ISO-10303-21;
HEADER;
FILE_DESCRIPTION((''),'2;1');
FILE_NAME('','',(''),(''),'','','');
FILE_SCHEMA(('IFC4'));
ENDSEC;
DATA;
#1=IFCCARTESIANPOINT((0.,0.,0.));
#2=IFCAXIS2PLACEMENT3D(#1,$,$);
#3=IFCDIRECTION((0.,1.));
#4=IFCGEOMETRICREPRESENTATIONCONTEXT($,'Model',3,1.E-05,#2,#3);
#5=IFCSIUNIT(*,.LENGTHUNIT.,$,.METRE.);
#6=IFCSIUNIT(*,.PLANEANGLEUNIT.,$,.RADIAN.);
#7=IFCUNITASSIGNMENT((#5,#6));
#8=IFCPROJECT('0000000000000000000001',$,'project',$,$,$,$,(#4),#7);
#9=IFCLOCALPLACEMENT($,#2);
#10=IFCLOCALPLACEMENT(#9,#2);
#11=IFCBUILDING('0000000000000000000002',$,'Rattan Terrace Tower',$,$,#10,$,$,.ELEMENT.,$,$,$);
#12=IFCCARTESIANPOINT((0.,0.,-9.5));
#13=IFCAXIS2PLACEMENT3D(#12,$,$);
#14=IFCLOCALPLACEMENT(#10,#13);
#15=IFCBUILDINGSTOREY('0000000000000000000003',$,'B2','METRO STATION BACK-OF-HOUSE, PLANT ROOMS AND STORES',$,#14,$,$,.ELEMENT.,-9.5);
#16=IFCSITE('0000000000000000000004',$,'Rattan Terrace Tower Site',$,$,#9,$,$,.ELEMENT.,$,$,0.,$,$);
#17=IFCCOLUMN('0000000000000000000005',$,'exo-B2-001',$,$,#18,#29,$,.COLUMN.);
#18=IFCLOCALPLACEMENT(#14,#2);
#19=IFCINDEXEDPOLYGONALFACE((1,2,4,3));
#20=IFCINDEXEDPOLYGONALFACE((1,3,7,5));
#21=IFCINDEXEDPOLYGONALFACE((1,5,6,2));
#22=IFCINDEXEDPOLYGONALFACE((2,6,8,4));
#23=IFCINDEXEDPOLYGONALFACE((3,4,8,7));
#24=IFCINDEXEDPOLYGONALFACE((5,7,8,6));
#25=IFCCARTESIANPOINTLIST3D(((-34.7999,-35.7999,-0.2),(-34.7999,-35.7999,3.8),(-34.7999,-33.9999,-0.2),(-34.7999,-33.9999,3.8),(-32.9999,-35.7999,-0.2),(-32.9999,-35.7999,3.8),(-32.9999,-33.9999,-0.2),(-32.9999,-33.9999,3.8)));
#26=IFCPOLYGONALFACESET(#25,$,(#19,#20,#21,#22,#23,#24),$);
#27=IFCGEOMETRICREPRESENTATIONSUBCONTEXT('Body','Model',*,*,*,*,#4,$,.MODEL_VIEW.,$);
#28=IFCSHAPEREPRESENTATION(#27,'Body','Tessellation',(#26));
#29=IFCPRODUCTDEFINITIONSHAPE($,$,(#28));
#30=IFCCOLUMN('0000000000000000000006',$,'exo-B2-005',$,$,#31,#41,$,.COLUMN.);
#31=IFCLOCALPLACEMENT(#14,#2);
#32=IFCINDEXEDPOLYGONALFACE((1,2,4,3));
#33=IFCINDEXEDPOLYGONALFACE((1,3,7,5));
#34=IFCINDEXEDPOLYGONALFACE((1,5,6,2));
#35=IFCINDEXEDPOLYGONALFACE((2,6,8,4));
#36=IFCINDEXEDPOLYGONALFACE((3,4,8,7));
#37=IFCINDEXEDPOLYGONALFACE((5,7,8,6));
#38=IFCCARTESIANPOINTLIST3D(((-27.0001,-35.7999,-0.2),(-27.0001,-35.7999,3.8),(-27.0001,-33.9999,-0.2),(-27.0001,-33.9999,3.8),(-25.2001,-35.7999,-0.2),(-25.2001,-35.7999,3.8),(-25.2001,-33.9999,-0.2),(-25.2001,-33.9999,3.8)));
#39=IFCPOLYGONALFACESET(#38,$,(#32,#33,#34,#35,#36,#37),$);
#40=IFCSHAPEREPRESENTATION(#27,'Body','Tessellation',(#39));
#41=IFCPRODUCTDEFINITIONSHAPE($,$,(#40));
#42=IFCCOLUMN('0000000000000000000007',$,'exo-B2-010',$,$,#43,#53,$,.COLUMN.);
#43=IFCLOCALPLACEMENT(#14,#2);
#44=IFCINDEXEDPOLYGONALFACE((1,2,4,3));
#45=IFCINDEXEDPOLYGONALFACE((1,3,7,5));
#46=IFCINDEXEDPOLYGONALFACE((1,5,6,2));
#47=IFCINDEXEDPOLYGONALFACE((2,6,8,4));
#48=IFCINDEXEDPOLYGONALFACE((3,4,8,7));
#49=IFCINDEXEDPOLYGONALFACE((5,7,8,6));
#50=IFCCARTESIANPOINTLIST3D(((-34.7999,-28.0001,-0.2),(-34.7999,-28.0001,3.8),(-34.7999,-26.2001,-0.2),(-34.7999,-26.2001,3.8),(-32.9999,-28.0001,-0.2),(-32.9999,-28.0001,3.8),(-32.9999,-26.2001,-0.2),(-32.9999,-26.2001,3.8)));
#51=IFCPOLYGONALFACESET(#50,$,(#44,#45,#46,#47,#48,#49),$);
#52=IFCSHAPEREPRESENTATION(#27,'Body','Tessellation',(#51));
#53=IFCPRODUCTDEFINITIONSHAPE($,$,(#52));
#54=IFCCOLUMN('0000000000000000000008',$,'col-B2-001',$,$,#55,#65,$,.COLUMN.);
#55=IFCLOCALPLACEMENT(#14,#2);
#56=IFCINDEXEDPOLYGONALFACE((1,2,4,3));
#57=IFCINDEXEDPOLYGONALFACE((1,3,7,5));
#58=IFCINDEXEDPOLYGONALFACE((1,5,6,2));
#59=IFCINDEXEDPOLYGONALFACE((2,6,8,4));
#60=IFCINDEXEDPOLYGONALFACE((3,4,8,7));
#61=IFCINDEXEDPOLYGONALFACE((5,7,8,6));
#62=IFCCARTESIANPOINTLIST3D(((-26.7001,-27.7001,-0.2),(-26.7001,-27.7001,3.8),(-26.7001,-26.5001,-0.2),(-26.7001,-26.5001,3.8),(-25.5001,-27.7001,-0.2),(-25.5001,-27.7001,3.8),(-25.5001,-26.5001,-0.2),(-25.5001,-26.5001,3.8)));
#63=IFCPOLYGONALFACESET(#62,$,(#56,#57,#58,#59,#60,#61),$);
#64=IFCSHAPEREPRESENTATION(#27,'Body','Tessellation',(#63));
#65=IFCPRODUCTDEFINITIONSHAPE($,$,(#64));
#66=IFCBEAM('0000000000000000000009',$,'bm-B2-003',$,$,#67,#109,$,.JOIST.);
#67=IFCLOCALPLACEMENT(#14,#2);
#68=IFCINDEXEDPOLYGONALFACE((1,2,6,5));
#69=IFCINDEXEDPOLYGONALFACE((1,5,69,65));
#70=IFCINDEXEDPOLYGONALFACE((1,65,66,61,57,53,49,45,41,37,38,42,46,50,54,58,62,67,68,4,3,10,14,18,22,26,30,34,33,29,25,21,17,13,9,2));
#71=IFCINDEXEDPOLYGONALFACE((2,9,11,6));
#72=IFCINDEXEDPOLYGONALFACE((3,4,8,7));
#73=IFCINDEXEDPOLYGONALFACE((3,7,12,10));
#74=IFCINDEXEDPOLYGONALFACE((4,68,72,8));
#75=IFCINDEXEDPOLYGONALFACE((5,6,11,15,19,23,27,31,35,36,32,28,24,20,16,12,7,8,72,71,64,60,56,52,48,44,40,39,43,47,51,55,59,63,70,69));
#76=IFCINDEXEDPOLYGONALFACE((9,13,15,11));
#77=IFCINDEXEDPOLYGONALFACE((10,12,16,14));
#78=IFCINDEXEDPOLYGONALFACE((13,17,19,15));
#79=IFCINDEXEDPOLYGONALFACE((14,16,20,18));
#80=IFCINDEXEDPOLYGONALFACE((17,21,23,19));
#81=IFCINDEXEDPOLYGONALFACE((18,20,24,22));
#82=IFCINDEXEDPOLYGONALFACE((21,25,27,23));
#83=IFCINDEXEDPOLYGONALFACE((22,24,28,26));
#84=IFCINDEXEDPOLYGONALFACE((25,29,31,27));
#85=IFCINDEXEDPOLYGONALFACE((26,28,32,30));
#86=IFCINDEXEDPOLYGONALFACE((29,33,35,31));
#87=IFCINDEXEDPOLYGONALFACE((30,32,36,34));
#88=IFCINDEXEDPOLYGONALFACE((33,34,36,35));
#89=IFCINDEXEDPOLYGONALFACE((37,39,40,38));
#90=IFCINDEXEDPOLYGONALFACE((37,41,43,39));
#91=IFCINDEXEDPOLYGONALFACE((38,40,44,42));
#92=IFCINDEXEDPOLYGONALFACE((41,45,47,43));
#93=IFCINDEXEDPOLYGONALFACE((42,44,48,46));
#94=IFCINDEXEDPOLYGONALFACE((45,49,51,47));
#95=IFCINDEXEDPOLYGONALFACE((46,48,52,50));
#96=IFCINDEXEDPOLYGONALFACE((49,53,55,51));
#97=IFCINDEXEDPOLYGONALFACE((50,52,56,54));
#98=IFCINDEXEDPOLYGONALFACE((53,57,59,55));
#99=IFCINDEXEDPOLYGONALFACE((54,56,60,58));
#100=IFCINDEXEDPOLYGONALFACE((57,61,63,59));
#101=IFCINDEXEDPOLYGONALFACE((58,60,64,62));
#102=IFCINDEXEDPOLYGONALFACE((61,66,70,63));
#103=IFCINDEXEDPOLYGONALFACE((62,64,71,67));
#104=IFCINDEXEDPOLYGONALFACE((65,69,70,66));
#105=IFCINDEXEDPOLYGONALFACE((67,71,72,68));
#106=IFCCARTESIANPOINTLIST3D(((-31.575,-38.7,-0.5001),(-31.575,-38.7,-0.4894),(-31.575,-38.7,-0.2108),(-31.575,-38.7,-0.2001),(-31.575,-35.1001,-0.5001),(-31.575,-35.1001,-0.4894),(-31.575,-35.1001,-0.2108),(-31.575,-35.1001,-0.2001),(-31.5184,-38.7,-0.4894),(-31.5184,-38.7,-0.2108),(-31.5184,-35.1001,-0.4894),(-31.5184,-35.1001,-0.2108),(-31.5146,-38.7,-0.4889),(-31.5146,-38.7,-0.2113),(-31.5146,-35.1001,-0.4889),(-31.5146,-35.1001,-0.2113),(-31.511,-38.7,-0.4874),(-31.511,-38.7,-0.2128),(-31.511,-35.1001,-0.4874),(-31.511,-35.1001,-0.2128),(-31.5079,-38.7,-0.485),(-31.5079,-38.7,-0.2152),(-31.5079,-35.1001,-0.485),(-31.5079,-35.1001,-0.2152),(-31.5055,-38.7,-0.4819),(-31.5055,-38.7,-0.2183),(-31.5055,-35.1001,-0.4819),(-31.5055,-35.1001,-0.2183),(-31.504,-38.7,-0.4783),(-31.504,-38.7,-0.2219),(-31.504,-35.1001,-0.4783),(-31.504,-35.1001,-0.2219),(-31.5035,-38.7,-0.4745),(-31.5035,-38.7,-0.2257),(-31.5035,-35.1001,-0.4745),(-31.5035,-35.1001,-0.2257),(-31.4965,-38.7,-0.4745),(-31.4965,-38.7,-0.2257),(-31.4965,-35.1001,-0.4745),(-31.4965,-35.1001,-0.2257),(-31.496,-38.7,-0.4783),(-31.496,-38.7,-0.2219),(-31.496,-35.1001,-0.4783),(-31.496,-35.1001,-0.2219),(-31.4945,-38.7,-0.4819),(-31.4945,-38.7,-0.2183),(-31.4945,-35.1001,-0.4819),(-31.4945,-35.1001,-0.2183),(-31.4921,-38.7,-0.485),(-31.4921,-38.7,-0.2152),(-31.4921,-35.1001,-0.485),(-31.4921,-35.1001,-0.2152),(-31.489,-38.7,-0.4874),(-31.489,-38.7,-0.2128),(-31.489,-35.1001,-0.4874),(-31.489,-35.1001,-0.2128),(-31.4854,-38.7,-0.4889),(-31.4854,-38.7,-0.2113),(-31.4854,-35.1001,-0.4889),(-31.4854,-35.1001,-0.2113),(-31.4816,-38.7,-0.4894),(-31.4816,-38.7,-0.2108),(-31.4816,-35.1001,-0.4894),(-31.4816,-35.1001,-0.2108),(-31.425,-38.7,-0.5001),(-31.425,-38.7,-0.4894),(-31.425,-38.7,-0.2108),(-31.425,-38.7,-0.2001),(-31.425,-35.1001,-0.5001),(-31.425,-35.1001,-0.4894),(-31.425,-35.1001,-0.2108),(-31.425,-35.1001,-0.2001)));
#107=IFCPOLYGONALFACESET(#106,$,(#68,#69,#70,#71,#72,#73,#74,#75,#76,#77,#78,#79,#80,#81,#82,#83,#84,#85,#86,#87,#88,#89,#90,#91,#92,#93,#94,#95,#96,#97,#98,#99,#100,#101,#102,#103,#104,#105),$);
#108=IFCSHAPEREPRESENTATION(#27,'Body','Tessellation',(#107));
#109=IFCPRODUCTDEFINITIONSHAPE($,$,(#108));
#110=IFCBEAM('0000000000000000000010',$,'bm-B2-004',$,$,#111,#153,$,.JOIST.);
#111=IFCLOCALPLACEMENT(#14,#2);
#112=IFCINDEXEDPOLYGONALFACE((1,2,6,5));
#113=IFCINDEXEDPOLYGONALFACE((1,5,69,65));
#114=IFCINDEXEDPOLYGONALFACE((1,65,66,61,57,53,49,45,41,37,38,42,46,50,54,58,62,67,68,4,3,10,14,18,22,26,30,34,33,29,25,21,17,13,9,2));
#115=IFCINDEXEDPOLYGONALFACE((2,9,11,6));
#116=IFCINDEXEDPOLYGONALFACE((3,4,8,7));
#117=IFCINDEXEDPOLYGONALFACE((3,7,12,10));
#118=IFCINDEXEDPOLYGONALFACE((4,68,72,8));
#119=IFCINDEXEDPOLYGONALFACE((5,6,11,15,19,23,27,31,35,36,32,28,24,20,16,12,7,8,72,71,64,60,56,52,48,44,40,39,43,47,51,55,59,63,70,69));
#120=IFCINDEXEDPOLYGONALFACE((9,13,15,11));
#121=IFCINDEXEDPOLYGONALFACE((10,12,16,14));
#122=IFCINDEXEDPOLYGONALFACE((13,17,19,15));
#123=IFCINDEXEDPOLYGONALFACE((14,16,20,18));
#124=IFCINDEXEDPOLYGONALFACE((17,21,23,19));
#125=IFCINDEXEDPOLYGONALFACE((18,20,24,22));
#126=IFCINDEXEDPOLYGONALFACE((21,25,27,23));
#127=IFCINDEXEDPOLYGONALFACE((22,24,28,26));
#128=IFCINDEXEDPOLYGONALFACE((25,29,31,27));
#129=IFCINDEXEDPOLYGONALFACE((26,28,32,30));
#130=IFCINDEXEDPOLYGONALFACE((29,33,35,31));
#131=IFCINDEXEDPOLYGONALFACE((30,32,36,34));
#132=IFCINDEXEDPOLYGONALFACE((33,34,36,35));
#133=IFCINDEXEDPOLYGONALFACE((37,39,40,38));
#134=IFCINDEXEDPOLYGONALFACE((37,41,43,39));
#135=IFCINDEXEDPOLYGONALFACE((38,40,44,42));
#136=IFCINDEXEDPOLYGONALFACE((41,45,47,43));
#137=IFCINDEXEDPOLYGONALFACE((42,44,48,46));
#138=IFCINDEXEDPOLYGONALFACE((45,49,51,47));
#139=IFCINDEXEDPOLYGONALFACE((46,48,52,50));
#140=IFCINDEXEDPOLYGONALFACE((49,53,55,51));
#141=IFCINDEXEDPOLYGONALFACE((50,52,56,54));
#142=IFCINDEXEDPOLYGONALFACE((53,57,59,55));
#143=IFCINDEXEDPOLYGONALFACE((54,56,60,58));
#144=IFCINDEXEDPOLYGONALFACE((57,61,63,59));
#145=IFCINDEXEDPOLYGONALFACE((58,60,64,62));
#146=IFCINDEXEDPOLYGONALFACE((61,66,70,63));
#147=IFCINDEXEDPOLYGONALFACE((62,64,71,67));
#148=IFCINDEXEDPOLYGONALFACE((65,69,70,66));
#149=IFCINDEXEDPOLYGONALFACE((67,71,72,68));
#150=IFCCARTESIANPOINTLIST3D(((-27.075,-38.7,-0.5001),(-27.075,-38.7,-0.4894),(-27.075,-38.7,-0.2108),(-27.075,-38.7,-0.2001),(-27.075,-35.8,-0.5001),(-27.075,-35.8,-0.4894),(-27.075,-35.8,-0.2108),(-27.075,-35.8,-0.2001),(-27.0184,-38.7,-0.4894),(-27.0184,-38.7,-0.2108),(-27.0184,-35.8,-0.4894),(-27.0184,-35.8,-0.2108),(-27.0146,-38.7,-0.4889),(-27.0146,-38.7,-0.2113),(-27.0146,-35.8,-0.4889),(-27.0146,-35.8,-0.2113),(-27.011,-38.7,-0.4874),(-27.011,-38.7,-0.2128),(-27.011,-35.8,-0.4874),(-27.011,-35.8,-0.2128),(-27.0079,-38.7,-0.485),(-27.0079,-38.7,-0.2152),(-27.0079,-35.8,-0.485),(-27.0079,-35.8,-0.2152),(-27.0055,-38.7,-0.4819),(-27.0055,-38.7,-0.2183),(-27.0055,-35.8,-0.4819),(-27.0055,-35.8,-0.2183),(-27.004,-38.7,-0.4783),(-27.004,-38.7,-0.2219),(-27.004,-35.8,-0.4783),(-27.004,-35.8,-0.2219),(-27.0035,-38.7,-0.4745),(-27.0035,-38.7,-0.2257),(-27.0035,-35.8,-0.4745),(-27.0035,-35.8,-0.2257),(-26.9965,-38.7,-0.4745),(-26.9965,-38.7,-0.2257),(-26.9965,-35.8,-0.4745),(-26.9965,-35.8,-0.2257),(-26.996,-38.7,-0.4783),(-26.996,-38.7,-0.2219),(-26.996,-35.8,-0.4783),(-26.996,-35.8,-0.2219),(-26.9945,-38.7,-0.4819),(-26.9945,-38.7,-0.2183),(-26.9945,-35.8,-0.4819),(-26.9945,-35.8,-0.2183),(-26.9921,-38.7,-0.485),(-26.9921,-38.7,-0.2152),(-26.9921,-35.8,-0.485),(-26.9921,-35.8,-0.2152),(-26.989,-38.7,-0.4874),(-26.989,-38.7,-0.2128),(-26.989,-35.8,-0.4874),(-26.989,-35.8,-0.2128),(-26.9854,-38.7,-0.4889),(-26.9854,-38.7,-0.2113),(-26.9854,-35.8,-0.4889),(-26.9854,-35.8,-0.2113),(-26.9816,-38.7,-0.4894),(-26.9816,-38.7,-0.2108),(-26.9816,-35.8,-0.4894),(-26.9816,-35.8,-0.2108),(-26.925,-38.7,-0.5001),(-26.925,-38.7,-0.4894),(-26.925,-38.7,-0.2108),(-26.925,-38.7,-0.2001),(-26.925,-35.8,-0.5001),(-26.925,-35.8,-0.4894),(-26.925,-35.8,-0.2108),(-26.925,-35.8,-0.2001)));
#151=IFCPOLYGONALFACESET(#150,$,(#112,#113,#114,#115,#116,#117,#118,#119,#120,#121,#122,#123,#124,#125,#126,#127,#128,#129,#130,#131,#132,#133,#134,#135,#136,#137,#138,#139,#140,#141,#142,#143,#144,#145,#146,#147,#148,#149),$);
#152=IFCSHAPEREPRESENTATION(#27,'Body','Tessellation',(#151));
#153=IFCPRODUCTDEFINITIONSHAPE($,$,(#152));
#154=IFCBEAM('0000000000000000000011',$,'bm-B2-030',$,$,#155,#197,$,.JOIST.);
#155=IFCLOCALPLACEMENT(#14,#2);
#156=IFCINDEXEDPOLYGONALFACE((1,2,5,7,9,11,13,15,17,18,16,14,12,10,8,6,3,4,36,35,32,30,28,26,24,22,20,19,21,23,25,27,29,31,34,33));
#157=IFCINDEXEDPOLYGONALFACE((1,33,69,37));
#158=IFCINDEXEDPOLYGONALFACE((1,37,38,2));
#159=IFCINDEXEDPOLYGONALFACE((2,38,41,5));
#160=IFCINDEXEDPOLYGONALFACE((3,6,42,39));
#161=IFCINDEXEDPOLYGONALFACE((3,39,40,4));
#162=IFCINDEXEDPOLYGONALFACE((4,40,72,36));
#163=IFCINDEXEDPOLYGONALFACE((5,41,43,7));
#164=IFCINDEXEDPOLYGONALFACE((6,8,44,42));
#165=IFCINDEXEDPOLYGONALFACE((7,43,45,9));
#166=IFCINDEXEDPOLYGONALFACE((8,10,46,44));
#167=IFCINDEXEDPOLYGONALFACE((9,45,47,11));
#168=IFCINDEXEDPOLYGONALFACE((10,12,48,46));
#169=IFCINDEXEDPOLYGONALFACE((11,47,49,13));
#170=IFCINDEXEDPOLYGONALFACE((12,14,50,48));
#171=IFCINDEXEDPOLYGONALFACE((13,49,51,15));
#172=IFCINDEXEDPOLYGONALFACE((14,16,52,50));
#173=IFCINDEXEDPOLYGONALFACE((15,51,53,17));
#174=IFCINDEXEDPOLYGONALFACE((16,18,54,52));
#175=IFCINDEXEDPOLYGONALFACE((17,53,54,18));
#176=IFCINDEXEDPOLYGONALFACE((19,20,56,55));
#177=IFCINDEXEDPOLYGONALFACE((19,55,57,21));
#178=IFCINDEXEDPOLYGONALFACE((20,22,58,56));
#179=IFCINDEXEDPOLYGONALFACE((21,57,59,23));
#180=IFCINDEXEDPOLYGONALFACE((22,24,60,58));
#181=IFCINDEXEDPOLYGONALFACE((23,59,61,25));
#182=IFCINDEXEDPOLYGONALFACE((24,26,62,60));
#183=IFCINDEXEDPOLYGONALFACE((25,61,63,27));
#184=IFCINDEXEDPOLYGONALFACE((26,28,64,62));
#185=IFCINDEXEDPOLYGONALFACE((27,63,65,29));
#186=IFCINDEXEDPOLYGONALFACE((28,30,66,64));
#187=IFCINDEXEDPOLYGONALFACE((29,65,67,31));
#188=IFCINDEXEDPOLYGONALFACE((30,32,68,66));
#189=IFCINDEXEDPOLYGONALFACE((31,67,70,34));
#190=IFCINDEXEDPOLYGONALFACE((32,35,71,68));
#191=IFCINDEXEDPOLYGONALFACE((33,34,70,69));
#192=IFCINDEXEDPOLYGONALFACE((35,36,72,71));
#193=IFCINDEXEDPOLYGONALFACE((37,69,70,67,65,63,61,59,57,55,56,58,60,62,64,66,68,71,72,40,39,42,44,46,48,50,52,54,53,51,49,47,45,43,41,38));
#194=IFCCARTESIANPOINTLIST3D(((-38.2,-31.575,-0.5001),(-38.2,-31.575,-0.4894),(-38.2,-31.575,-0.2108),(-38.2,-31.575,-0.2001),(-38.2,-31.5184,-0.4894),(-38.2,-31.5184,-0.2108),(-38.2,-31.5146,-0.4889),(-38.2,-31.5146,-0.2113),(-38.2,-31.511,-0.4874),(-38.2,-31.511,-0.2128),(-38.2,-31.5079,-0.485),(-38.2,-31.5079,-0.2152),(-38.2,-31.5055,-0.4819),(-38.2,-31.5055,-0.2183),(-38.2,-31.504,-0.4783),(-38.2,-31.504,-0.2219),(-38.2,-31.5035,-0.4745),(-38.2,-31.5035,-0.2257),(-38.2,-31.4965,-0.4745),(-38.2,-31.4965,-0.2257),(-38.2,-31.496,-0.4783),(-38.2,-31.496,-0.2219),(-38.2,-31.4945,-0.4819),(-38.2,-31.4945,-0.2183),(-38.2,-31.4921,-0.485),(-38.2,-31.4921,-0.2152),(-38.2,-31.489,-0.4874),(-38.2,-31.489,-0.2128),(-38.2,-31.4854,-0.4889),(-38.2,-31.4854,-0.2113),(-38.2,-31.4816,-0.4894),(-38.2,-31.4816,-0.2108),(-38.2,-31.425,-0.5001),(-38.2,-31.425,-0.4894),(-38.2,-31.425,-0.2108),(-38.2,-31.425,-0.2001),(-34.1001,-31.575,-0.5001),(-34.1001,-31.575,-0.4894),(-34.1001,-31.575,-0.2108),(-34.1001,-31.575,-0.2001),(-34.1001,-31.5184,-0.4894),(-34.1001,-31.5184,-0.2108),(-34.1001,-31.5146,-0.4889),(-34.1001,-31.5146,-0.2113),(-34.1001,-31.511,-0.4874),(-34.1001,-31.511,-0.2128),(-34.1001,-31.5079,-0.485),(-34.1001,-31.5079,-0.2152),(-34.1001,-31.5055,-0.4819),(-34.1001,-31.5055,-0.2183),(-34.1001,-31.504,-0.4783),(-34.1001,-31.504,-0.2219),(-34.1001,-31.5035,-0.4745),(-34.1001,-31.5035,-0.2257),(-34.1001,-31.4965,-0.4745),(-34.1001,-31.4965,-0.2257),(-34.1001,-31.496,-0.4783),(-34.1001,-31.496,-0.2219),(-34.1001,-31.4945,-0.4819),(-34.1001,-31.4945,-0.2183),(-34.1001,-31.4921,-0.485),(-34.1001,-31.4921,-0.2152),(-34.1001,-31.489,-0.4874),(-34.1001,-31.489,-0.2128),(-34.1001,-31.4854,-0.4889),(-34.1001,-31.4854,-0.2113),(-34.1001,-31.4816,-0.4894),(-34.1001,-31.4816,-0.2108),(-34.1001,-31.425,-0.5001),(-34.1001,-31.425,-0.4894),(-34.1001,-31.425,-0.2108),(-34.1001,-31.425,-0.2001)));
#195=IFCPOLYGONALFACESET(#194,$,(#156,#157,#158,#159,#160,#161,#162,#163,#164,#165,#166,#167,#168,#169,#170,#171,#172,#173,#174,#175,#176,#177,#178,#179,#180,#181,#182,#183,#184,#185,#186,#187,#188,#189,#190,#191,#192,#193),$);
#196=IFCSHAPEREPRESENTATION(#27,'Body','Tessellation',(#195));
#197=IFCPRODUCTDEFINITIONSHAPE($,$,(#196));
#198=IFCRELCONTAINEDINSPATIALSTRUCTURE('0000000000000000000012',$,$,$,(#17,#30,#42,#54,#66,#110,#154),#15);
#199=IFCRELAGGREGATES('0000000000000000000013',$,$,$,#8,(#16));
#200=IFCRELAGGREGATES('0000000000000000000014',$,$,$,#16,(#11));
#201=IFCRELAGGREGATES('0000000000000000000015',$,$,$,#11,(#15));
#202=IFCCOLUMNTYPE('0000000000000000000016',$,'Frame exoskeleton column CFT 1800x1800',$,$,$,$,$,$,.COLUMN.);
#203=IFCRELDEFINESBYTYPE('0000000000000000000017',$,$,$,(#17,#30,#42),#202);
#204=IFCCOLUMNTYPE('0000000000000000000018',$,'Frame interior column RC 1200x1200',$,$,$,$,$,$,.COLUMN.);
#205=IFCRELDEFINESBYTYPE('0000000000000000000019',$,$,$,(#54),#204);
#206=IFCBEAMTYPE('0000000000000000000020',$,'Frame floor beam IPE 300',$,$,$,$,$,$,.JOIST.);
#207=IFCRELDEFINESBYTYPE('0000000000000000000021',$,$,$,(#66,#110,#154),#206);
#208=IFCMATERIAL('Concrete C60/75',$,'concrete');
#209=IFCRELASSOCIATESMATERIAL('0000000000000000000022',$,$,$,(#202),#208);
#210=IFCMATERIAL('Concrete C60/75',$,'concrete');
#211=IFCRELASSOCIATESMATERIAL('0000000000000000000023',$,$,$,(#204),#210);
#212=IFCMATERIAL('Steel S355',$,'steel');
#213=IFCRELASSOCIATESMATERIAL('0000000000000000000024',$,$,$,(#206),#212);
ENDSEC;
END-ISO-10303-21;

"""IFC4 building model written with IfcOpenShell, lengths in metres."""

from ifc_helpers import new_model, si_unit, direction, frame, origin, origin_2d, place, context, subcontext, project, spatial, rectangle, i_section, extrude, material, material_profile, profile_set, type_object, element, save


model = new_model("IFC4")

# Units and contexts
model_context = context("Model", 3, precision=1e-05, world=origin(), true_north=direction((0.0, 1.0)))
body_context = subcontext(model_context, "Body", "Model", "MODEL_VIEW")
ifc_project = project(units=[si_unit("LENGTHUNIT", "METRE"), si_unit("PLANEANGLEUNIT", "RADIAN")], contexts=[model_context])

# Site, building, storey
site_placement = place(None, origin())
site = spatial("IfcSite", under=ifc_project, at=site_placement, Name="Rattan Terrace Tower Site", CompositionType="ELEMENT", RefElevation=0.0)
building_placement = place(site_placement, origin())
building = spatial("IfcBuilding", under=site, at=building_placement, Name="Rattan Terrace Tower", CompositionType="ELEMENT")
storey_placement = place(building_placement, frame((0.0, 0.0, -9.5)))
storey = spatial("IfcBuildingStorey", under=building, at=storey_placement, Name="B2", Description="METRO STATION BACK-OF-HOUSE, PLANT ROOMS AND STORES", CompositionType="ELEMENT", Elevation=-9.5)

# Columns
ifc_material_1 = material(Name="Concrete C60/75", Category="concrete")
ifc_material_profile_1 = material_profile(ifc_material_1, rectangle(XDim=1.8, YDim=1.8, at=origin_2d()), Name="CFT 1800x1800")
ifc_profile_set_1 = profile_set([ifc_material_profile_1], Name="Concrete C60/75")
column_type_1 = type_object("IfcColumnType", Name="Frame exoskeleton column CFT 1800x1800", PredefinedType="COLUMN", material=ifc_profile_set_1)
for number, where, z_axis, x_axis, name in (
    (1, (-33.8999, -34.8999, -0.2), (0.0, 0.0, 1.0), (1.0, 0.0, 0.0), "exo-B2-001"),
    (2, (-26.1001, -34.8999, -0.2), (0.0, 0.0, 1.0), (1.0, 0.0, 0.0), "exo-B2-005"),
    (3, (-33.8999, -27.1001, -0.2), (0.0, 0.0, 1.0), (0.0, 1.0, 0.0), "exo-B2-010"),
):
    element("IfcColumn", number, at=place(storey_placement, frame(where, z_axis=z_axis, x_axis=x_axis)), inside=storey, type_object=column_type_1, Name=name, PredefinedType="COLUMN", context=body_context, shape_type="SweptSolid", body=[
        extrude(rectangle(XDim=1.8, YDim=1.8, at=origin_2d()), origin(), (0.0, 0.0, 1.0), 4.0),
    ])
ifc_material_2 = material(Name="Concrete C60/75", Category="concrete")
ifc_material_profile_2 = material_profile(ifc_material_2, rectangle(XDim=1.2, YDim=1.2, at=origin_2d()), Name="RC 1200x1200")
ifc_profile_set_2 = profile_set([ifc_material_profile_2], Name="Concrete C60/75")
column_type_2 = type_object("IfcColumnType", Name="Frame interior column RC 1200x1200", PredefinedType="COLUMN", material=ifc_profile_set_2)
column_placement = place(storey_placement, frame((-26.1001, -27.1001, -0.2), z_axis=(0.0, 0.0, 1.0), x_axis=(1.0, 0.0, 0.0)))
element("IfcColumn", 4, at=column_placement, inside=storey, type_object=column_type_2, Name="col-B2-001", PredefinedType="COLUMN", context=body_context, shape_type="SweptSolid", body=[
    extrude(rectangle(XDim=1.2, YDim=1.2, at=origin_2d()), origin(), (0.0, 0.0, 1.0), 4.0),
])

# Beams
ifc_material_3 = material(Name="Steel S355", Category="steel")
ifc_material_profile_3 = material_profile(ifc_material_3, i_section(OverallWidth=0.1499, OverallDepth=0.3, WebThickness=0.0071, FlangeThickness=0.0107, FilletRadius=0.0149, at=origin_2d()), Name="IPE 300")
ifc_profile_set_3 = profile_set([ifc_material_profile_3], Name="Steel S355")
beam_type_1 = type_object("IfcBeamType", Name="Frame floor beam IPE 300", PredefinedType="JOIST", material=ifc_profile_set_3)
beam_1_placement = place(storey_placement, frame((-31.5, -38.7, -0.3501), z_axis=(0.0, 1.0, 0.0), x_axis=(-1.0, 0.0, 0.0)))
element("IfcBeam", 5, at=beam_1_placement, inside=storey, type_object=beam_type_1, Name="bm-B2-003", PredefinedType="JOIST", context=body_context, shape_type="SweptSolid", body=[
    extrude(i_section(OverallWidth=0.1499, OverallDepth=0.3, WebThickness=0.0071, FlangeThickness=0.0107, FilletRadius=0.0149, at=origin_2d()), origin(), (0.0, 0.0, 1.0), 3.5999),
])
beam_2_placement = place(storey_placement, frame((-27.0, -38.7, -0.3501), z_axis=(0.0, 1.0, 0.0), x_axis=(-1.0, 0.0, 0.0)))
element("IfcBeam", 6, at=beam_2_placement, inside=storey, type_object=beam_type_1, Name="bm-B2-004", PredefinedType="JOIST", context=body_context, shape_type="SweptSolid", body=[
    extrude(i_section(OverallWidth=0.1499, OverallDepth=0.3, WebThickness=0.0071, FlangeThickness=0.0107, FilletRadius=0.0149, at=origin_2d()), origin(), (0.0, 0.0, 1.0), 2.8999),
])
beam_3_placement = place(storey_placement, frame((-38.2, -31.5, -0.3501), z_axis=(1.0, 0.0, 0.0), x_axis=(0.0, 1.0, 0.0)))
element("IfcBeam", 7, at=beam_3_placement, inside=storey, type_object=beam_type_1, Name="bm-B2-030", PredefinedType="JOIST", context=body_context, shape_type="SweptSolid", body=[
    extrude(i_section(OverallWidth=0.1499, OverallDepth=0.3, WebThickness=0.0071, FlangeThickness=0.0107, FilletRadius=0.0149, at=origin_2d()), origin(), (0.0, 0.0, 1.0), 4.0999),
])

save(model, "model.ifc")
